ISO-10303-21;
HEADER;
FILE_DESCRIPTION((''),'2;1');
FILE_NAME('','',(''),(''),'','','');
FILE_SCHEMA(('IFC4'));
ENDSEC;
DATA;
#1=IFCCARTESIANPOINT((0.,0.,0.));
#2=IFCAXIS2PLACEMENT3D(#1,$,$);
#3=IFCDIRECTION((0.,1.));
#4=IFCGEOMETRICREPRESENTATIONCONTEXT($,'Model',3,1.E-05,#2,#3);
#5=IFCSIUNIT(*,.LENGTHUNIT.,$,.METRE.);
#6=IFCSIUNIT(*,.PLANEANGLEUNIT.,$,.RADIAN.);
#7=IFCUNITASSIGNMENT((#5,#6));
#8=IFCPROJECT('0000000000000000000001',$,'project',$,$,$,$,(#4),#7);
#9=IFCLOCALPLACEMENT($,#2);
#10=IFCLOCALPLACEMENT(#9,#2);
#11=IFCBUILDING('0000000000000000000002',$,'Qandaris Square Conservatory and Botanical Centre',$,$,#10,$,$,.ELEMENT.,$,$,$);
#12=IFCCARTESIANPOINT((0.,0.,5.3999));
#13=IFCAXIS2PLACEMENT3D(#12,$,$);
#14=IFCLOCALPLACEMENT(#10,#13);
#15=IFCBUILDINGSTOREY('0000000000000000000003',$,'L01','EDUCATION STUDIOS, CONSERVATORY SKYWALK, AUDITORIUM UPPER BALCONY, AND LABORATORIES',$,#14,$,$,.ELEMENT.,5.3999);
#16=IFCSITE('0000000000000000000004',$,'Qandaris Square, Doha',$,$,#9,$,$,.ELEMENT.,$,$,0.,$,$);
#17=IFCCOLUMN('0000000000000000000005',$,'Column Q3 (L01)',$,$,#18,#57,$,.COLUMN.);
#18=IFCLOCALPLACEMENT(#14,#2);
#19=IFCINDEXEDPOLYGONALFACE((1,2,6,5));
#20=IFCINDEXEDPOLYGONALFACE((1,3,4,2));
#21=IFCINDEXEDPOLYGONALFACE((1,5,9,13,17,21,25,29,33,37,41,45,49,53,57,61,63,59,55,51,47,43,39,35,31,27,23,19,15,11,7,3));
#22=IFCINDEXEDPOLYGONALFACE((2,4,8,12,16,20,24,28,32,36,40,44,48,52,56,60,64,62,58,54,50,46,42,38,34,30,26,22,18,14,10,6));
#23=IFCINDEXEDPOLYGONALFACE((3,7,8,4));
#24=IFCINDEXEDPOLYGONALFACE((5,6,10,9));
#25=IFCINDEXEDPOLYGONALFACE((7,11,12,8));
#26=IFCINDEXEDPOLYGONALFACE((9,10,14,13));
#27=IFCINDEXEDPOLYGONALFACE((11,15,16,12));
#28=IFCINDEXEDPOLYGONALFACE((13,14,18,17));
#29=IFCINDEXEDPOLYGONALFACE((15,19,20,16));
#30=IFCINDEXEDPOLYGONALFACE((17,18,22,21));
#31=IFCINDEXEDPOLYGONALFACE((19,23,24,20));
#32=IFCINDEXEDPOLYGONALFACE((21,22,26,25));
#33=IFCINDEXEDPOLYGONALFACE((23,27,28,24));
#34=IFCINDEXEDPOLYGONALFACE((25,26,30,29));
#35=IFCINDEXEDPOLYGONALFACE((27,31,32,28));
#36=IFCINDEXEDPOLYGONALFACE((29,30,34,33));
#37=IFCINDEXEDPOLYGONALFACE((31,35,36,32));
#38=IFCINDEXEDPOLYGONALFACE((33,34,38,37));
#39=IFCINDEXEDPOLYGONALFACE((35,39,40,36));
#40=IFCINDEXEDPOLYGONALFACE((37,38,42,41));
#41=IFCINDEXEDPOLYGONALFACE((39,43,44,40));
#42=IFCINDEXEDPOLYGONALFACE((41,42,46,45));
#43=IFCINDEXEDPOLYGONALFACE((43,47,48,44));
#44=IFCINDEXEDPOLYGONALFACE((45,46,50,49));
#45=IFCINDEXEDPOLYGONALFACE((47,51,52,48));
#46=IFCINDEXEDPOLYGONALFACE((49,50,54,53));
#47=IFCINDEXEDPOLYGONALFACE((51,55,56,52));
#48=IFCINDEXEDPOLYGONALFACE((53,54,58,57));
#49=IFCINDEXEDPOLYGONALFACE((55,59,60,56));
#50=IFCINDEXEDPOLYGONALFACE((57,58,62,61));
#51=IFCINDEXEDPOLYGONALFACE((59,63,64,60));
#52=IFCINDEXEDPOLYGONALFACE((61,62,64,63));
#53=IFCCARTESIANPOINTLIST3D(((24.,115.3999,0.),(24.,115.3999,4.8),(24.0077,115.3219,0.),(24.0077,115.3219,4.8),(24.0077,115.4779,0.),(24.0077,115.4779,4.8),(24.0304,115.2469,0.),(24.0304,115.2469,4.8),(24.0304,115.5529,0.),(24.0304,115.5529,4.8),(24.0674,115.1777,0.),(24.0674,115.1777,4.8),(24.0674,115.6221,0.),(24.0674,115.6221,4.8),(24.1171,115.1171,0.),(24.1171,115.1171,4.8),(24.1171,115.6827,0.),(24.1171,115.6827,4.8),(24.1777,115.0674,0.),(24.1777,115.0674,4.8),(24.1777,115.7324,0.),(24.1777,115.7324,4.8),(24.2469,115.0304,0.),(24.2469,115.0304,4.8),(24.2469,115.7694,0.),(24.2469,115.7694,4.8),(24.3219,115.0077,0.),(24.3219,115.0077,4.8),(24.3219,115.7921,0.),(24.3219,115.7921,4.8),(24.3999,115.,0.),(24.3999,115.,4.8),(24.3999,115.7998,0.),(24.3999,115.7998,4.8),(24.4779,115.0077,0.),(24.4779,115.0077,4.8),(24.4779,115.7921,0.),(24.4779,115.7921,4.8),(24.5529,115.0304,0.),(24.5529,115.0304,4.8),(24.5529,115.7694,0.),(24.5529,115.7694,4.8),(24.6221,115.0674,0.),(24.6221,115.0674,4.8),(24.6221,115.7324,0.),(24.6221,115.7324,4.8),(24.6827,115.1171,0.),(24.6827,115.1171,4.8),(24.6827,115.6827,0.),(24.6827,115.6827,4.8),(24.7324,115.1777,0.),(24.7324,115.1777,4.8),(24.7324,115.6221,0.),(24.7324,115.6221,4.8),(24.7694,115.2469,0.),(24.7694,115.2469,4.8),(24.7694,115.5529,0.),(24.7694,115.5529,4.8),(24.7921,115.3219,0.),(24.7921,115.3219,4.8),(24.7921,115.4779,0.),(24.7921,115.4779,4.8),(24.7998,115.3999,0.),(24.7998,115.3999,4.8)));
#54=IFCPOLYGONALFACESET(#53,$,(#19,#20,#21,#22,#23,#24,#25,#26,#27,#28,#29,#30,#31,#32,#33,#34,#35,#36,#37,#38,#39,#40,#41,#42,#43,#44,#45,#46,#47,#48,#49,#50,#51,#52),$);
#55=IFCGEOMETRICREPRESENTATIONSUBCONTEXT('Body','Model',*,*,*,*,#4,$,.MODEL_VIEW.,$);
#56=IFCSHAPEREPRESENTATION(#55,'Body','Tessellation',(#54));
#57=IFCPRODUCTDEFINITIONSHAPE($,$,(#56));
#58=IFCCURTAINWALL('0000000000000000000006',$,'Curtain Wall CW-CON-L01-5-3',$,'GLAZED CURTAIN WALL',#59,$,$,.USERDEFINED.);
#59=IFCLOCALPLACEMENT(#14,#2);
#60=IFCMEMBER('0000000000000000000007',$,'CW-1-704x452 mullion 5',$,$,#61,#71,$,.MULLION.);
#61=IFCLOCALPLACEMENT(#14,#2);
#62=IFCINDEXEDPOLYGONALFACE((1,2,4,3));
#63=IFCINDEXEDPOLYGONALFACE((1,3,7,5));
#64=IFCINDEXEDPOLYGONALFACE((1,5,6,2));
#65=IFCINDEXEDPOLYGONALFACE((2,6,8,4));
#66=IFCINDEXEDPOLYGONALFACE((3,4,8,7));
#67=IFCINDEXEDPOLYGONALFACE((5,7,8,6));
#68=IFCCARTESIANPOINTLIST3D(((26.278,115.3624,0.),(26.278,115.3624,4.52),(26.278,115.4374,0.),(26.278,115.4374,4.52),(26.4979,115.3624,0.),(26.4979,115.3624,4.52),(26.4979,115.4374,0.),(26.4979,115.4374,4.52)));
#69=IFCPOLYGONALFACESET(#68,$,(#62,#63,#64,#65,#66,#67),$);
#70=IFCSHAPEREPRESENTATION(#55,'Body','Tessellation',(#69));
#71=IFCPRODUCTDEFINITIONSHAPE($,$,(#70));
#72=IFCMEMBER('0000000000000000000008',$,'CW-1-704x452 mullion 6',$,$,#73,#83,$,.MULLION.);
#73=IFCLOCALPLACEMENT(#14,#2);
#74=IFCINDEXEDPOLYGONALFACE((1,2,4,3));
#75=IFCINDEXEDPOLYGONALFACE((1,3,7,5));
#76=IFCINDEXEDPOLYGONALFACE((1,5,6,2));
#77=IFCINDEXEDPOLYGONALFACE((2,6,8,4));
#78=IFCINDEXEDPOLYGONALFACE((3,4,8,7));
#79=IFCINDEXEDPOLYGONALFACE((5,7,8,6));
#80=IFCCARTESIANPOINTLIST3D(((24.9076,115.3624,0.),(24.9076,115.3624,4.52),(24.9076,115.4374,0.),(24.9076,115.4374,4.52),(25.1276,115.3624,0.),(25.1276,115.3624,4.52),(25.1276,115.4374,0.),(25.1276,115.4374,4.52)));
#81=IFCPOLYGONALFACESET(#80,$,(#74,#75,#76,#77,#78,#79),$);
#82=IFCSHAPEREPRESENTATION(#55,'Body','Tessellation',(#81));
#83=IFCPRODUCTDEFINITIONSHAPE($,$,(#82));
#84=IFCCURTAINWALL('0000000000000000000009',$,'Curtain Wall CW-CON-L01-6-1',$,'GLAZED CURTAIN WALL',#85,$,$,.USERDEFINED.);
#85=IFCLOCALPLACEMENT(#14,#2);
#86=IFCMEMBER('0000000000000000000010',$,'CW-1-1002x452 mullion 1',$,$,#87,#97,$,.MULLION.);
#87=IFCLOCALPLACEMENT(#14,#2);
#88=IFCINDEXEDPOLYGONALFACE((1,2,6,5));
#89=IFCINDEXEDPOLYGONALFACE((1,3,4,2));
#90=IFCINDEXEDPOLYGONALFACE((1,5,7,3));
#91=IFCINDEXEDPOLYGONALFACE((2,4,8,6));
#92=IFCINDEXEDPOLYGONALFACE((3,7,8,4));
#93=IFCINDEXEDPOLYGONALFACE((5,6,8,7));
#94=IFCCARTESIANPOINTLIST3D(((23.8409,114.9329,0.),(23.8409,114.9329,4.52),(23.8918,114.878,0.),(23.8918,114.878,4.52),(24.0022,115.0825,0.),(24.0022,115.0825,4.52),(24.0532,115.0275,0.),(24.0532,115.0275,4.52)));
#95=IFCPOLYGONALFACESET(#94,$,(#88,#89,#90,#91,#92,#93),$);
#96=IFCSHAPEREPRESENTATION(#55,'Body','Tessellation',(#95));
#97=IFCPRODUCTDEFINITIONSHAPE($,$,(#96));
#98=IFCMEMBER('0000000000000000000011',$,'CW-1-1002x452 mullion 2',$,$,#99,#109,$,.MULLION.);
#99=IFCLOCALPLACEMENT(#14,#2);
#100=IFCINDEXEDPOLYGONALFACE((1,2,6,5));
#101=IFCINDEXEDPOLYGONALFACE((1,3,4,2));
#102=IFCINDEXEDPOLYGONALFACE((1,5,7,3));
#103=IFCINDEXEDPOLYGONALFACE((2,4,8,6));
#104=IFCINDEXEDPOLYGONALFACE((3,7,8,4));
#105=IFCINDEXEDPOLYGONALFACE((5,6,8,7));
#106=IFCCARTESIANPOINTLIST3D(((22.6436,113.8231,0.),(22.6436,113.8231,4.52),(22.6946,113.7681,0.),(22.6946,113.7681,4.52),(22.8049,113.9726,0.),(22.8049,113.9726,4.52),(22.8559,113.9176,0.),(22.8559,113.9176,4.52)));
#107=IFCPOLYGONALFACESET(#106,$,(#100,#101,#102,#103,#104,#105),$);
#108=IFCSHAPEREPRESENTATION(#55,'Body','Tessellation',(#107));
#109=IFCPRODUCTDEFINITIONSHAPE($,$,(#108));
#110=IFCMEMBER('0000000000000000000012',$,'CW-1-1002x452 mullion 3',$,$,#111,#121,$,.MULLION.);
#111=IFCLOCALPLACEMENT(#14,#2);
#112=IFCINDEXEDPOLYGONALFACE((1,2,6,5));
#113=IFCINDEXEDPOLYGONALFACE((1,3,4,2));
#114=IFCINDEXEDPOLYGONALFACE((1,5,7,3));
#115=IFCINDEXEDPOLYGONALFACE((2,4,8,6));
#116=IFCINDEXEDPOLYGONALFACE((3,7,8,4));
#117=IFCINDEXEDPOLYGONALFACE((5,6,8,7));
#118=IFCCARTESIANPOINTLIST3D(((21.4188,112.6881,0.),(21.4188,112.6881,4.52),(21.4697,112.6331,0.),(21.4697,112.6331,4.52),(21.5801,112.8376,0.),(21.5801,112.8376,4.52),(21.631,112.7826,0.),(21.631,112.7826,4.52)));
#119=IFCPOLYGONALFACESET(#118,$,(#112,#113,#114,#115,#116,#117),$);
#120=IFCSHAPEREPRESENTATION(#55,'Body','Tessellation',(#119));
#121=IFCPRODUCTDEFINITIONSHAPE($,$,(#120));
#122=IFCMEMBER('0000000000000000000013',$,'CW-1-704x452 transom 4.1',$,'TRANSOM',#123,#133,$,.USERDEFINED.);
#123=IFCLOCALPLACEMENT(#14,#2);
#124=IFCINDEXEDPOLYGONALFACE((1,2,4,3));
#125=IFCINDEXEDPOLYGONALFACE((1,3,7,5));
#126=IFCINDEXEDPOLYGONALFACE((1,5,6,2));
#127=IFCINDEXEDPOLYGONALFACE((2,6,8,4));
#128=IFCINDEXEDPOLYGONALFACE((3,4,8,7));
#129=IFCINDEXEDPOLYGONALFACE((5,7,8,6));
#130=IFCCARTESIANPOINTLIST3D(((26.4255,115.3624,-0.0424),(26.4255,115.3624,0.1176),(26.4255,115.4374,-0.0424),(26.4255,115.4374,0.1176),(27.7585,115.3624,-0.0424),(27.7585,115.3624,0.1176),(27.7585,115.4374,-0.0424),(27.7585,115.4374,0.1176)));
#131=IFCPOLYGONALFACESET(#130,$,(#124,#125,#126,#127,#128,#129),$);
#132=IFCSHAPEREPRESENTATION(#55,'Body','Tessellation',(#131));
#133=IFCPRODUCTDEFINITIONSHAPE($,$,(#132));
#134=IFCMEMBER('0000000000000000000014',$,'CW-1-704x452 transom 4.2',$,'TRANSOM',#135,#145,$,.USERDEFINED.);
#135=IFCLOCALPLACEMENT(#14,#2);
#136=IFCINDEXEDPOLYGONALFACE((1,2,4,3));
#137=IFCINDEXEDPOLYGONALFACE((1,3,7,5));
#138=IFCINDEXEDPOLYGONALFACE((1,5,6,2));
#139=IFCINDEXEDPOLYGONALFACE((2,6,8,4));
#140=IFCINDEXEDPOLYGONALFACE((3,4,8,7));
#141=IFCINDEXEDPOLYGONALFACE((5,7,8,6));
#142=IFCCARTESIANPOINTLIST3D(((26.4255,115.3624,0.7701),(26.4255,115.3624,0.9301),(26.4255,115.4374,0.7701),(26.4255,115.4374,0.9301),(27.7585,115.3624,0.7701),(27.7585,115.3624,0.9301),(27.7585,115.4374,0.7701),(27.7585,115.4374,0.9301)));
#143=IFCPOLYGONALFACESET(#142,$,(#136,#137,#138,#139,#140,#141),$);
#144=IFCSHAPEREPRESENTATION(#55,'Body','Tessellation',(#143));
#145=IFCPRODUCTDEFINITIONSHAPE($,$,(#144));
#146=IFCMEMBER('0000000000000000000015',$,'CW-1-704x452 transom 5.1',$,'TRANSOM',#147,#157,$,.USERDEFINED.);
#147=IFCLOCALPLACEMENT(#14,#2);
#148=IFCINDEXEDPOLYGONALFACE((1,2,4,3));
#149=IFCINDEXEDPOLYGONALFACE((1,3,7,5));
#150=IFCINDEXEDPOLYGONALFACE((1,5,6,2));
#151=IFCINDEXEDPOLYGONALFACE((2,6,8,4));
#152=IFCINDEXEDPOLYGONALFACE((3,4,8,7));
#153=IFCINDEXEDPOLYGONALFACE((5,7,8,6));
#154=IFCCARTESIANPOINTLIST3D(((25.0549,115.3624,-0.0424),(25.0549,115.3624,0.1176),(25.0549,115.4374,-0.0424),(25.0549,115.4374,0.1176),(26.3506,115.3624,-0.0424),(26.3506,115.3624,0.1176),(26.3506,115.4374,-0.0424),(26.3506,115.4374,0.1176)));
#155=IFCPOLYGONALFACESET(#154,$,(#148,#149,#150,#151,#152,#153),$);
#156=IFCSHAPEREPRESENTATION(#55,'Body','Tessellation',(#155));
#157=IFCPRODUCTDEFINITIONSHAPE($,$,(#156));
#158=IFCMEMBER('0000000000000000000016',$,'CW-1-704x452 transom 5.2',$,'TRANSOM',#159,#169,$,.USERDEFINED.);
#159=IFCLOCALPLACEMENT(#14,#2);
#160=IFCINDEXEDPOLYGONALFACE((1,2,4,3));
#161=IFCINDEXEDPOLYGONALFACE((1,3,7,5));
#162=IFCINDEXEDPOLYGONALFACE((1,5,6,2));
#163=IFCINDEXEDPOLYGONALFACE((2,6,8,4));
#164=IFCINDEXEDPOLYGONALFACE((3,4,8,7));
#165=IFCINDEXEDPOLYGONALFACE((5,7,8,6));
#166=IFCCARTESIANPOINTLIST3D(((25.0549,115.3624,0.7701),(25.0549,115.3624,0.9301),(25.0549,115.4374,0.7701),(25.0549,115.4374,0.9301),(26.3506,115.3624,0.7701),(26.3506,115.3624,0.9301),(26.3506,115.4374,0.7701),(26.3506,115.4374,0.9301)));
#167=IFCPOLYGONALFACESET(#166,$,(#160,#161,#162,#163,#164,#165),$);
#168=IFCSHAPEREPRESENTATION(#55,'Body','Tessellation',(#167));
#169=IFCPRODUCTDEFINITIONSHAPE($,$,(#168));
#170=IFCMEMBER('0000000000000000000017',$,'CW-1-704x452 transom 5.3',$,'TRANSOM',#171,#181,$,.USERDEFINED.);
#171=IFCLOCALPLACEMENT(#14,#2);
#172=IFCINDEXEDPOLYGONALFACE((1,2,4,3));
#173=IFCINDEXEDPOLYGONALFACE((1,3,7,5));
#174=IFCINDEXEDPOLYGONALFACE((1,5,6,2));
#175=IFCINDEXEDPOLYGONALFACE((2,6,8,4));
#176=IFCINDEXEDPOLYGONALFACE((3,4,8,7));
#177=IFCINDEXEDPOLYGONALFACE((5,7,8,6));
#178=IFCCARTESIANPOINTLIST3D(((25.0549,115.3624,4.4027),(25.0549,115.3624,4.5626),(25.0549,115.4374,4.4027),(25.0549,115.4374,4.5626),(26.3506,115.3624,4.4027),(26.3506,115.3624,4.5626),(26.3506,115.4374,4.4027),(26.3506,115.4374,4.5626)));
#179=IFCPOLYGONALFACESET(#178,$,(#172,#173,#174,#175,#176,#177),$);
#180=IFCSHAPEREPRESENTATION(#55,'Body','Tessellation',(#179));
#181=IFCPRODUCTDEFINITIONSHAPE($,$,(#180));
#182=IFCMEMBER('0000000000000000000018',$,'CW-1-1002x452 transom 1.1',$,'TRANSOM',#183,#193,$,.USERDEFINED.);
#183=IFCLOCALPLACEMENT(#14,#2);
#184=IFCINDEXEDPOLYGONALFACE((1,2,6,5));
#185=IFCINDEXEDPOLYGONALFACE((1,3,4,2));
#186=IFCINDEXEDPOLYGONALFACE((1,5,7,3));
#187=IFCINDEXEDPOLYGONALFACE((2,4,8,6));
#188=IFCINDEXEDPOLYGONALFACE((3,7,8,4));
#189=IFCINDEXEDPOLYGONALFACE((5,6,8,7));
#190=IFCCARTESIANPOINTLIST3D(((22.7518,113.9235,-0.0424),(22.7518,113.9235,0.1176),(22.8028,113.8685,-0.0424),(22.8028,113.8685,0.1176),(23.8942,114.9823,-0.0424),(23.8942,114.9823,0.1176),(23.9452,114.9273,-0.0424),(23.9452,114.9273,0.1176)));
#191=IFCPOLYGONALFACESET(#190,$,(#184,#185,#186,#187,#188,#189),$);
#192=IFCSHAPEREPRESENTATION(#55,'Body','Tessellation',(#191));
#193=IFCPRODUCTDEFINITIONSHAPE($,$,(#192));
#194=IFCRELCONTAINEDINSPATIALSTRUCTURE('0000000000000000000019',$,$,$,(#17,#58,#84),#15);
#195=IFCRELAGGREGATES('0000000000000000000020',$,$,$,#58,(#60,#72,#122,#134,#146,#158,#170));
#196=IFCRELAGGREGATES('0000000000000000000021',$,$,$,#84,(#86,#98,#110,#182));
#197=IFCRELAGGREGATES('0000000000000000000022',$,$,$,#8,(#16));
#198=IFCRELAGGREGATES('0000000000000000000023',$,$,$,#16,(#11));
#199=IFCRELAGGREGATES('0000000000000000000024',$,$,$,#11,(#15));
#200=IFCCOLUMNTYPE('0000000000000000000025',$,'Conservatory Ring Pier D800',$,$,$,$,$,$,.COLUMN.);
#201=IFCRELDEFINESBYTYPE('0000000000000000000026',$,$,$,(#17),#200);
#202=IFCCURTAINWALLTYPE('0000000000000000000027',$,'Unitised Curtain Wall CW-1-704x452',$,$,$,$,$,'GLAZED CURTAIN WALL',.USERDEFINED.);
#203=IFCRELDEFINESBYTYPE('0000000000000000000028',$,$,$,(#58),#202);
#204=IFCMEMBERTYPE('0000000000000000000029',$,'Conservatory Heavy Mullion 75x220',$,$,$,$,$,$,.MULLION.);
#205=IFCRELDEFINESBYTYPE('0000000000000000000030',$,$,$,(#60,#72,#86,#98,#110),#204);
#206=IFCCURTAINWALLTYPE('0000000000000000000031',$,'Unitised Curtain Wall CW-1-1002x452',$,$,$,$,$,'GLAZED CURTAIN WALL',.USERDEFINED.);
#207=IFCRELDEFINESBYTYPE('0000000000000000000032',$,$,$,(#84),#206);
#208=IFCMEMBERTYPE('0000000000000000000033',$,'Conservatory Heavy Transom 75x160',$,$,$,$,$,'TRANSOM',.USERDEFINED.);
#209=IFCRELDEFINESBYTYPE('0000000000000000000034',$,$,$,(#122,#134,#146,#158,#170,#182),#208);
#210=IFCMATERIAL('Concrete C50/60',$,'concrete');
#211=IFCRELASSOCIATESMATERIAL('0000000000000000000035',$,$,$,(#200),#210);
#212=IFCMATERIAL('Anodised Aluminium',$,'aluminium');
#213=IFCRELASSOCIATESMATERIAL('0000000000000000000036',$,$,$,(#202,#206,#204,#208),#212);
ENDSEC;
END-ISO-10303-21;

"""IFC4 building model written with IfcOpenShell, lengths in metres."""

from ifc_helpers import new_model, si_unit, direction, frame, origin, origin_2d, place, context, subcontext, project, spatial, rectangle, circle, extrude, material, material_profile, profile_set, type_object, element, aggregate, save


model = new_model("IFC4")

# Units and contexts
model_context = context("Model", 3, precision=1e-05, world=origin(), true_north=direction((0.0, 1.0)))
body_context = subcontext(model_context, "Body", "Model", "MODEL_VIEW")
ifc_project = project(units=[si_unit("LENGTHUNIT", "METRE"), si_unit("PLANEANGLEUNIT", "RADIAN")], contexts=[model_context])

# Site, building, storey
site_placement = place(None, origin())
site = spatial("IfcSite", under=ifc_project, at=site_placement, Name="Qandaris Square, Doha", CompositionType="ELEMENT", RefElevation=0.0)
building_placement = place(site_placement, origin())
building = spatial("IfcBuilding", under=site, at=building_placement, Name="Qandaris Square Conservatory and Botanical Centre", CompositionType="ELEMENT")
storey_placement = place(building_placement, frame((0.0, 0.0, 5.3999)))
storey = spatial("IfcBuildingStorey", under=building, at=storey_placement, Name="L01", Description="EDUCATION STUDIOS, CONSERVATORY SKYWALK, AUDITORIUM UPPER BALCONY, AND LABORATORIES", CompositionType="ELEMENT", Elevation=5.3999)

# Column
ifc_material_1 = material(Name="Concrete C50/60", Category="concrete")
ifc_material_profile_1 = material_profile(ifc_material_1, circle(Radius=0.3999, at=origin_2d()), Name="RC-COL D800")
ifc_profile_set_1 = profile_set([ifc_material_profile_1], Name="Concrete C50/60")
column_type = type_object("IfcColumnType", Name="Conservatory Ring Pier D800", PredefinedType="COLUMN", material=ifc_profile_set_1)
column_placement = place(storey_placement, frame((24.3999, 115.3999, 0.0), z_axis=(0.0, 0.0, 1.0), x_axis=(1.0, 0.0, 0.0)))
element("IfcColumn", 1, at=column_placement, inside=storey, type_object=column_type, Name="Column Q3 (L01)", PredefinedType="COLUMN", context=body_context, shape_type="SweptSolid", body=[
    extrude(circle(Radius=0.3999, at=origin_2d()), origin(), (0.0, 0.0, 1.0), 4.8),
])

# Curtain walls, members
ifc_material_2 = material(Name="Anodised Aluminium", Category="aluminium")
curtain_wall_type_1 = type_object("IfcCurtainWallType", Name="Unitised Curtain Wall CW-1-704x452", ElementType="GLAZED CURTAIN WALL", PredefinedType="USERDEFINED", material=ifc_material_2)
curtain_wall_1_placement = place(storey_placement, origin())
curtain_wall_1 = element("IfcCurtainWall", 2, at=curtain_wall_1_placement, inside=storey, type_object=curtain_wall_type_1, Name="Curtain Wall CW-CON-L01-5-3", ObjectType="GLAZED CURTAIN WALL", PredefinedType="USERDEFINED")
ifc_material_profile_2 = material_profile(ifc_material_2, rectangle(XDim=0.075, YDim=0.22, at=origin_2d()), Name="ALU-MUL 75x220")
ifc_profile_set_2 = profile_set([ifc_material_profile_2], Name="Anodised Aluminium")
member_type_1 = type_object("IfcMemberType", Name="Conservatory Heavy Mullion 75x220", PredefinedType="MULLION", material=ifc_profile_set_2)
member_1_placement = place(storey_placement, frame((26.3879, 115.3999, 0.0), z_axis=(0.0, 0.0, 1.0), x_axis=(0.0, -1.0, 0.0)))
member_1 = element("IfcMember", 3, at=member_1_placement, type_object=member_type_1, Name="CW-1-704x452 mullion 5", PredefinedType="MULLION", context=body_context, shape_type="SweptSolid", body=[
    extrude(rectangle(XDim=0.075, YDim=0.22, at=origin_2d()), origin(), (0.0, 0.0, 1.0), 4.52),
])
member_2_placement = place(storey_placement, frame((25.0176, 115.3999, 0.0), z_axis=(0.0, 0.0, 1.0), x_axis=(0.0, -1.0, 0.0)))
member_2 = element("IfcMember", 4, at=member_2_placement, type_object=member_type_1, Name="CW-1-704x452 mullion 6", PredefinedType="MULLION", context=body_context, shape_type="SweptSolid", body=[
    extrude(rectangle(XDim=0.075, YDim=0.22, at=origin_2d()), origin(), (0.0, 0.0, 1.0), 4.52),
])
curtain_wall_type_2 = type_object("IfcCurtainWallType", Name="Unitised Curtain Wall CW-1-1002x452", ElementType="GLAZED CURTAIN WALL", PredefinedType="USERDEFINED", material=ifc_material_2)
curtain_wall_2_placement = place(storey_placement, origin())
curtain_wall_2 = element("IfcCurtainWall", 5, at=curtain_wall_2_placement, inside=storey, type_object=curtain_wall_type_2, Name="Curtain Wall CW-CON-L01-6-1", ObjectType="GLAZED CURTAIN WALL", PredefinedType="USERDEFINED")
member_3_placement = place(storey_placement, frame((23.947, 114.9802, 0.0), z_axis=(0.0, 0.0, 1.0), x_axis=(0.679762, -0.733433, 0.0)))
member_3 = element("IfcMember", 6, at=member_3_placement, type_object=member_type_1, Name="CW-1-1002x452 mullion 1", PredefinedType="MULLION", context=body_context, shape_type="SweptSolid", body=[
    extrude(rectangle(XDim=0.075, YDim=0.22, at=origin_2d()), origin(), (0.0, 0.0, 1.0), 4.52),
])
member_4_placement = place(storey_placement, frame((22.7498, 113.8704, 0.0), z_axis=(0.0, 0.0, 1.0), x_axis=(0.679762, -0.733433, 0.0)))
member_4 = element("IfcMember", 7, at=member_4_placement, type_object=member_type_1, Name="CW-1-1002x452 mullion 2", PredefinedType="MULLION", context=body_context, shape_type="SweptSolid", body=[
    extrude(rectangle(XDim=0.075, YDim=0.22, at=origin_2d()), origin(), (0.0, 0.0, 1.0), 4.52),
])
member_5_placement = place(storey_placement, frame((21.5249, 112.7354, 0.0), z_axis=(0.0, 0.0, 1.0), x_axis=(0.679762, -0.733433, 0.0)))
member_5 = element("IfcMember", 8, at=member_5_placement, type_object=member_type_1, Name="CW-1-1002x452 mullion 3", PredefinedType="MULLION", context=body_context, shape_type="SweptSolid", body=[
    extrude(rectangle(XDim=0.075, YDim=0.22, at=origin_2d()), origin(), (0.0, 0.0, 1.0), 4.52),
])

# Members
ifc_material_profile_3 = material_profile(ifc_material_2, rectangle(XDim=0.075, YDim=0.1599, at=origin_2d()), Name="ALU-TRN 75x160")
ifc_profile_set_3 = profile_set([ifc_material_profile_3], Name="Anodised Aluminium")
member_type_2 = type_object("IfcMemberType", Name="Conservatory Heavy Transom 75x160", ElementType="TRANSOM", PredefinedType="USERDEFINED", material=ifc_profile_set_3)
member_6_placement = place(storey_placement, frame((27.7585, 115.3999, 0.0376), z_axis=(-1.0, 0.0, 0.0), x_axis=(0.0, -1.0, 0.0)))
member_6 = element("IfcMember", 9, at=member_6_placement, type_object=member_type_2, Name="CW-1-704x452 transom 4.1", ObjectType="TRANSOM", PredefinedType="USERDEFINED", context=body_context, shape_type="SweptSolid", body=[
    extrude(rectangle(XDim=0.075, YDim=0.1599, at=origin_2d()), origin(), (0.0, 0.0, 1.0), 1.333),
])
member_7_placement = place(storey_placement, frame((27.7585, 115.3999, 0.8501), z_axis=(-1.0, 0.0, 0.0), x_axis=(0.0, -1.0, 0.0)))
member_7 = element("IfcMember", 10, at=member_7_placement, type_object=member_type_2, Name="CW-1-704x452 transom 4.2", ObjectType="TRANSOM", PredefinedType="USERDEFINED", context=body_context, shape_type="SweptSolid", body=[
    extrude(rectangle(XDim=0.075, YDim=0.1599, at=origin_2d()), origin(), (0.0, 0.0, 1.0), 1.333),
])
member_8_placement = place(storey_placement, frame((26.3506, 115.3999, 0.0376), z_axis=(-1.0, 0.0, 0.0), x_axis=(0.0, -1.0, 0.0)))
member_8 = element("IfcMember", 11, at=member_8_placement, type_object=member_type_2, Name="CW-1-704x452 transom 5.1", ObjectType="TRANSOM", PredefinedType="USERDEFINED", context=body_context, shape_type="SweptSolid", body=[
    extrude(rectangle(XDim=0.075, YDim=0.1599, at=origin_2d()), origin(), (0.0, 0.0, 1.0), 1.2957),
])
member_9_placement = place(storey_placement, frame((26.3506, 115.3999, 0.8501), z_axis=(-1.0, 0.0, 0.0), x_axis=(0.0, -1.0, 0.0)))
member_9 = element("IfcMember", 12, at=member_9_placement, type_object=member_type_2, Name="CW-1-704x452 transom 5.2", ObjectType="TRANSOM", PredefinedType="USERDEFINED", context=body_context, shape_type="SweptSolid", body=[
    extrude(rectangle(XDim=0.075, YDim=0.1599, at=origin_2d()), origin(), (0.0, 0.0, 1.0), 1.2957),
])
member_10_placement = place(storey_placement, frame((26.3506, 115.3999, 4.4827), z_axis=(-1.0, 0.0, 0.0), x_axis=(0.0, -1.0, 0.0)))
member_10 = element("IfcMember", 13, at=member_10_placement, type_object=member_type_2, Name="CW-1-704x452 transom 5.3", ObjectType="TRANSOM", PredefinedType="USERDEFINED", context=body_context, shape_type="SweptSolid", body=[
    extrude(rectangle(XDim=0.075, YDim=0.1599, at=origin_2d()), origin(), (0.0, 0.0, 1.0), 1.2957),
])
member_11_placement = place(storey_placement, frame((23.9197, 114.9548, 0.0376), z_axis=(-0.733402, -0.679796, 0.0), x_axis=(0.679796, -0.733402, 0.0)))
member_11 = element("IfcMember", 14, at=member_11_placement, type_object=member_type_2, Name="CW-1-1002x452 transom 1.1", ObjectType="TRANSOM", PredefinedType="USERDEFINED", context=body_context, shape_type="SweptSolid", body=[
    extrude(rectangle(XDim=0.075, YDim=0.1599, at=origin_2d()), origin(), (0.0, 0.0, 1.0), 1.5576),
])

aggregate(curtain_wall_1, [member_1, member_2, member_6, member_7, member_8, member_9, member_10])
aggregate(curtain_wall_2, [member_3, member_4, member_5, member_11])

save(model, "model.ifc")
